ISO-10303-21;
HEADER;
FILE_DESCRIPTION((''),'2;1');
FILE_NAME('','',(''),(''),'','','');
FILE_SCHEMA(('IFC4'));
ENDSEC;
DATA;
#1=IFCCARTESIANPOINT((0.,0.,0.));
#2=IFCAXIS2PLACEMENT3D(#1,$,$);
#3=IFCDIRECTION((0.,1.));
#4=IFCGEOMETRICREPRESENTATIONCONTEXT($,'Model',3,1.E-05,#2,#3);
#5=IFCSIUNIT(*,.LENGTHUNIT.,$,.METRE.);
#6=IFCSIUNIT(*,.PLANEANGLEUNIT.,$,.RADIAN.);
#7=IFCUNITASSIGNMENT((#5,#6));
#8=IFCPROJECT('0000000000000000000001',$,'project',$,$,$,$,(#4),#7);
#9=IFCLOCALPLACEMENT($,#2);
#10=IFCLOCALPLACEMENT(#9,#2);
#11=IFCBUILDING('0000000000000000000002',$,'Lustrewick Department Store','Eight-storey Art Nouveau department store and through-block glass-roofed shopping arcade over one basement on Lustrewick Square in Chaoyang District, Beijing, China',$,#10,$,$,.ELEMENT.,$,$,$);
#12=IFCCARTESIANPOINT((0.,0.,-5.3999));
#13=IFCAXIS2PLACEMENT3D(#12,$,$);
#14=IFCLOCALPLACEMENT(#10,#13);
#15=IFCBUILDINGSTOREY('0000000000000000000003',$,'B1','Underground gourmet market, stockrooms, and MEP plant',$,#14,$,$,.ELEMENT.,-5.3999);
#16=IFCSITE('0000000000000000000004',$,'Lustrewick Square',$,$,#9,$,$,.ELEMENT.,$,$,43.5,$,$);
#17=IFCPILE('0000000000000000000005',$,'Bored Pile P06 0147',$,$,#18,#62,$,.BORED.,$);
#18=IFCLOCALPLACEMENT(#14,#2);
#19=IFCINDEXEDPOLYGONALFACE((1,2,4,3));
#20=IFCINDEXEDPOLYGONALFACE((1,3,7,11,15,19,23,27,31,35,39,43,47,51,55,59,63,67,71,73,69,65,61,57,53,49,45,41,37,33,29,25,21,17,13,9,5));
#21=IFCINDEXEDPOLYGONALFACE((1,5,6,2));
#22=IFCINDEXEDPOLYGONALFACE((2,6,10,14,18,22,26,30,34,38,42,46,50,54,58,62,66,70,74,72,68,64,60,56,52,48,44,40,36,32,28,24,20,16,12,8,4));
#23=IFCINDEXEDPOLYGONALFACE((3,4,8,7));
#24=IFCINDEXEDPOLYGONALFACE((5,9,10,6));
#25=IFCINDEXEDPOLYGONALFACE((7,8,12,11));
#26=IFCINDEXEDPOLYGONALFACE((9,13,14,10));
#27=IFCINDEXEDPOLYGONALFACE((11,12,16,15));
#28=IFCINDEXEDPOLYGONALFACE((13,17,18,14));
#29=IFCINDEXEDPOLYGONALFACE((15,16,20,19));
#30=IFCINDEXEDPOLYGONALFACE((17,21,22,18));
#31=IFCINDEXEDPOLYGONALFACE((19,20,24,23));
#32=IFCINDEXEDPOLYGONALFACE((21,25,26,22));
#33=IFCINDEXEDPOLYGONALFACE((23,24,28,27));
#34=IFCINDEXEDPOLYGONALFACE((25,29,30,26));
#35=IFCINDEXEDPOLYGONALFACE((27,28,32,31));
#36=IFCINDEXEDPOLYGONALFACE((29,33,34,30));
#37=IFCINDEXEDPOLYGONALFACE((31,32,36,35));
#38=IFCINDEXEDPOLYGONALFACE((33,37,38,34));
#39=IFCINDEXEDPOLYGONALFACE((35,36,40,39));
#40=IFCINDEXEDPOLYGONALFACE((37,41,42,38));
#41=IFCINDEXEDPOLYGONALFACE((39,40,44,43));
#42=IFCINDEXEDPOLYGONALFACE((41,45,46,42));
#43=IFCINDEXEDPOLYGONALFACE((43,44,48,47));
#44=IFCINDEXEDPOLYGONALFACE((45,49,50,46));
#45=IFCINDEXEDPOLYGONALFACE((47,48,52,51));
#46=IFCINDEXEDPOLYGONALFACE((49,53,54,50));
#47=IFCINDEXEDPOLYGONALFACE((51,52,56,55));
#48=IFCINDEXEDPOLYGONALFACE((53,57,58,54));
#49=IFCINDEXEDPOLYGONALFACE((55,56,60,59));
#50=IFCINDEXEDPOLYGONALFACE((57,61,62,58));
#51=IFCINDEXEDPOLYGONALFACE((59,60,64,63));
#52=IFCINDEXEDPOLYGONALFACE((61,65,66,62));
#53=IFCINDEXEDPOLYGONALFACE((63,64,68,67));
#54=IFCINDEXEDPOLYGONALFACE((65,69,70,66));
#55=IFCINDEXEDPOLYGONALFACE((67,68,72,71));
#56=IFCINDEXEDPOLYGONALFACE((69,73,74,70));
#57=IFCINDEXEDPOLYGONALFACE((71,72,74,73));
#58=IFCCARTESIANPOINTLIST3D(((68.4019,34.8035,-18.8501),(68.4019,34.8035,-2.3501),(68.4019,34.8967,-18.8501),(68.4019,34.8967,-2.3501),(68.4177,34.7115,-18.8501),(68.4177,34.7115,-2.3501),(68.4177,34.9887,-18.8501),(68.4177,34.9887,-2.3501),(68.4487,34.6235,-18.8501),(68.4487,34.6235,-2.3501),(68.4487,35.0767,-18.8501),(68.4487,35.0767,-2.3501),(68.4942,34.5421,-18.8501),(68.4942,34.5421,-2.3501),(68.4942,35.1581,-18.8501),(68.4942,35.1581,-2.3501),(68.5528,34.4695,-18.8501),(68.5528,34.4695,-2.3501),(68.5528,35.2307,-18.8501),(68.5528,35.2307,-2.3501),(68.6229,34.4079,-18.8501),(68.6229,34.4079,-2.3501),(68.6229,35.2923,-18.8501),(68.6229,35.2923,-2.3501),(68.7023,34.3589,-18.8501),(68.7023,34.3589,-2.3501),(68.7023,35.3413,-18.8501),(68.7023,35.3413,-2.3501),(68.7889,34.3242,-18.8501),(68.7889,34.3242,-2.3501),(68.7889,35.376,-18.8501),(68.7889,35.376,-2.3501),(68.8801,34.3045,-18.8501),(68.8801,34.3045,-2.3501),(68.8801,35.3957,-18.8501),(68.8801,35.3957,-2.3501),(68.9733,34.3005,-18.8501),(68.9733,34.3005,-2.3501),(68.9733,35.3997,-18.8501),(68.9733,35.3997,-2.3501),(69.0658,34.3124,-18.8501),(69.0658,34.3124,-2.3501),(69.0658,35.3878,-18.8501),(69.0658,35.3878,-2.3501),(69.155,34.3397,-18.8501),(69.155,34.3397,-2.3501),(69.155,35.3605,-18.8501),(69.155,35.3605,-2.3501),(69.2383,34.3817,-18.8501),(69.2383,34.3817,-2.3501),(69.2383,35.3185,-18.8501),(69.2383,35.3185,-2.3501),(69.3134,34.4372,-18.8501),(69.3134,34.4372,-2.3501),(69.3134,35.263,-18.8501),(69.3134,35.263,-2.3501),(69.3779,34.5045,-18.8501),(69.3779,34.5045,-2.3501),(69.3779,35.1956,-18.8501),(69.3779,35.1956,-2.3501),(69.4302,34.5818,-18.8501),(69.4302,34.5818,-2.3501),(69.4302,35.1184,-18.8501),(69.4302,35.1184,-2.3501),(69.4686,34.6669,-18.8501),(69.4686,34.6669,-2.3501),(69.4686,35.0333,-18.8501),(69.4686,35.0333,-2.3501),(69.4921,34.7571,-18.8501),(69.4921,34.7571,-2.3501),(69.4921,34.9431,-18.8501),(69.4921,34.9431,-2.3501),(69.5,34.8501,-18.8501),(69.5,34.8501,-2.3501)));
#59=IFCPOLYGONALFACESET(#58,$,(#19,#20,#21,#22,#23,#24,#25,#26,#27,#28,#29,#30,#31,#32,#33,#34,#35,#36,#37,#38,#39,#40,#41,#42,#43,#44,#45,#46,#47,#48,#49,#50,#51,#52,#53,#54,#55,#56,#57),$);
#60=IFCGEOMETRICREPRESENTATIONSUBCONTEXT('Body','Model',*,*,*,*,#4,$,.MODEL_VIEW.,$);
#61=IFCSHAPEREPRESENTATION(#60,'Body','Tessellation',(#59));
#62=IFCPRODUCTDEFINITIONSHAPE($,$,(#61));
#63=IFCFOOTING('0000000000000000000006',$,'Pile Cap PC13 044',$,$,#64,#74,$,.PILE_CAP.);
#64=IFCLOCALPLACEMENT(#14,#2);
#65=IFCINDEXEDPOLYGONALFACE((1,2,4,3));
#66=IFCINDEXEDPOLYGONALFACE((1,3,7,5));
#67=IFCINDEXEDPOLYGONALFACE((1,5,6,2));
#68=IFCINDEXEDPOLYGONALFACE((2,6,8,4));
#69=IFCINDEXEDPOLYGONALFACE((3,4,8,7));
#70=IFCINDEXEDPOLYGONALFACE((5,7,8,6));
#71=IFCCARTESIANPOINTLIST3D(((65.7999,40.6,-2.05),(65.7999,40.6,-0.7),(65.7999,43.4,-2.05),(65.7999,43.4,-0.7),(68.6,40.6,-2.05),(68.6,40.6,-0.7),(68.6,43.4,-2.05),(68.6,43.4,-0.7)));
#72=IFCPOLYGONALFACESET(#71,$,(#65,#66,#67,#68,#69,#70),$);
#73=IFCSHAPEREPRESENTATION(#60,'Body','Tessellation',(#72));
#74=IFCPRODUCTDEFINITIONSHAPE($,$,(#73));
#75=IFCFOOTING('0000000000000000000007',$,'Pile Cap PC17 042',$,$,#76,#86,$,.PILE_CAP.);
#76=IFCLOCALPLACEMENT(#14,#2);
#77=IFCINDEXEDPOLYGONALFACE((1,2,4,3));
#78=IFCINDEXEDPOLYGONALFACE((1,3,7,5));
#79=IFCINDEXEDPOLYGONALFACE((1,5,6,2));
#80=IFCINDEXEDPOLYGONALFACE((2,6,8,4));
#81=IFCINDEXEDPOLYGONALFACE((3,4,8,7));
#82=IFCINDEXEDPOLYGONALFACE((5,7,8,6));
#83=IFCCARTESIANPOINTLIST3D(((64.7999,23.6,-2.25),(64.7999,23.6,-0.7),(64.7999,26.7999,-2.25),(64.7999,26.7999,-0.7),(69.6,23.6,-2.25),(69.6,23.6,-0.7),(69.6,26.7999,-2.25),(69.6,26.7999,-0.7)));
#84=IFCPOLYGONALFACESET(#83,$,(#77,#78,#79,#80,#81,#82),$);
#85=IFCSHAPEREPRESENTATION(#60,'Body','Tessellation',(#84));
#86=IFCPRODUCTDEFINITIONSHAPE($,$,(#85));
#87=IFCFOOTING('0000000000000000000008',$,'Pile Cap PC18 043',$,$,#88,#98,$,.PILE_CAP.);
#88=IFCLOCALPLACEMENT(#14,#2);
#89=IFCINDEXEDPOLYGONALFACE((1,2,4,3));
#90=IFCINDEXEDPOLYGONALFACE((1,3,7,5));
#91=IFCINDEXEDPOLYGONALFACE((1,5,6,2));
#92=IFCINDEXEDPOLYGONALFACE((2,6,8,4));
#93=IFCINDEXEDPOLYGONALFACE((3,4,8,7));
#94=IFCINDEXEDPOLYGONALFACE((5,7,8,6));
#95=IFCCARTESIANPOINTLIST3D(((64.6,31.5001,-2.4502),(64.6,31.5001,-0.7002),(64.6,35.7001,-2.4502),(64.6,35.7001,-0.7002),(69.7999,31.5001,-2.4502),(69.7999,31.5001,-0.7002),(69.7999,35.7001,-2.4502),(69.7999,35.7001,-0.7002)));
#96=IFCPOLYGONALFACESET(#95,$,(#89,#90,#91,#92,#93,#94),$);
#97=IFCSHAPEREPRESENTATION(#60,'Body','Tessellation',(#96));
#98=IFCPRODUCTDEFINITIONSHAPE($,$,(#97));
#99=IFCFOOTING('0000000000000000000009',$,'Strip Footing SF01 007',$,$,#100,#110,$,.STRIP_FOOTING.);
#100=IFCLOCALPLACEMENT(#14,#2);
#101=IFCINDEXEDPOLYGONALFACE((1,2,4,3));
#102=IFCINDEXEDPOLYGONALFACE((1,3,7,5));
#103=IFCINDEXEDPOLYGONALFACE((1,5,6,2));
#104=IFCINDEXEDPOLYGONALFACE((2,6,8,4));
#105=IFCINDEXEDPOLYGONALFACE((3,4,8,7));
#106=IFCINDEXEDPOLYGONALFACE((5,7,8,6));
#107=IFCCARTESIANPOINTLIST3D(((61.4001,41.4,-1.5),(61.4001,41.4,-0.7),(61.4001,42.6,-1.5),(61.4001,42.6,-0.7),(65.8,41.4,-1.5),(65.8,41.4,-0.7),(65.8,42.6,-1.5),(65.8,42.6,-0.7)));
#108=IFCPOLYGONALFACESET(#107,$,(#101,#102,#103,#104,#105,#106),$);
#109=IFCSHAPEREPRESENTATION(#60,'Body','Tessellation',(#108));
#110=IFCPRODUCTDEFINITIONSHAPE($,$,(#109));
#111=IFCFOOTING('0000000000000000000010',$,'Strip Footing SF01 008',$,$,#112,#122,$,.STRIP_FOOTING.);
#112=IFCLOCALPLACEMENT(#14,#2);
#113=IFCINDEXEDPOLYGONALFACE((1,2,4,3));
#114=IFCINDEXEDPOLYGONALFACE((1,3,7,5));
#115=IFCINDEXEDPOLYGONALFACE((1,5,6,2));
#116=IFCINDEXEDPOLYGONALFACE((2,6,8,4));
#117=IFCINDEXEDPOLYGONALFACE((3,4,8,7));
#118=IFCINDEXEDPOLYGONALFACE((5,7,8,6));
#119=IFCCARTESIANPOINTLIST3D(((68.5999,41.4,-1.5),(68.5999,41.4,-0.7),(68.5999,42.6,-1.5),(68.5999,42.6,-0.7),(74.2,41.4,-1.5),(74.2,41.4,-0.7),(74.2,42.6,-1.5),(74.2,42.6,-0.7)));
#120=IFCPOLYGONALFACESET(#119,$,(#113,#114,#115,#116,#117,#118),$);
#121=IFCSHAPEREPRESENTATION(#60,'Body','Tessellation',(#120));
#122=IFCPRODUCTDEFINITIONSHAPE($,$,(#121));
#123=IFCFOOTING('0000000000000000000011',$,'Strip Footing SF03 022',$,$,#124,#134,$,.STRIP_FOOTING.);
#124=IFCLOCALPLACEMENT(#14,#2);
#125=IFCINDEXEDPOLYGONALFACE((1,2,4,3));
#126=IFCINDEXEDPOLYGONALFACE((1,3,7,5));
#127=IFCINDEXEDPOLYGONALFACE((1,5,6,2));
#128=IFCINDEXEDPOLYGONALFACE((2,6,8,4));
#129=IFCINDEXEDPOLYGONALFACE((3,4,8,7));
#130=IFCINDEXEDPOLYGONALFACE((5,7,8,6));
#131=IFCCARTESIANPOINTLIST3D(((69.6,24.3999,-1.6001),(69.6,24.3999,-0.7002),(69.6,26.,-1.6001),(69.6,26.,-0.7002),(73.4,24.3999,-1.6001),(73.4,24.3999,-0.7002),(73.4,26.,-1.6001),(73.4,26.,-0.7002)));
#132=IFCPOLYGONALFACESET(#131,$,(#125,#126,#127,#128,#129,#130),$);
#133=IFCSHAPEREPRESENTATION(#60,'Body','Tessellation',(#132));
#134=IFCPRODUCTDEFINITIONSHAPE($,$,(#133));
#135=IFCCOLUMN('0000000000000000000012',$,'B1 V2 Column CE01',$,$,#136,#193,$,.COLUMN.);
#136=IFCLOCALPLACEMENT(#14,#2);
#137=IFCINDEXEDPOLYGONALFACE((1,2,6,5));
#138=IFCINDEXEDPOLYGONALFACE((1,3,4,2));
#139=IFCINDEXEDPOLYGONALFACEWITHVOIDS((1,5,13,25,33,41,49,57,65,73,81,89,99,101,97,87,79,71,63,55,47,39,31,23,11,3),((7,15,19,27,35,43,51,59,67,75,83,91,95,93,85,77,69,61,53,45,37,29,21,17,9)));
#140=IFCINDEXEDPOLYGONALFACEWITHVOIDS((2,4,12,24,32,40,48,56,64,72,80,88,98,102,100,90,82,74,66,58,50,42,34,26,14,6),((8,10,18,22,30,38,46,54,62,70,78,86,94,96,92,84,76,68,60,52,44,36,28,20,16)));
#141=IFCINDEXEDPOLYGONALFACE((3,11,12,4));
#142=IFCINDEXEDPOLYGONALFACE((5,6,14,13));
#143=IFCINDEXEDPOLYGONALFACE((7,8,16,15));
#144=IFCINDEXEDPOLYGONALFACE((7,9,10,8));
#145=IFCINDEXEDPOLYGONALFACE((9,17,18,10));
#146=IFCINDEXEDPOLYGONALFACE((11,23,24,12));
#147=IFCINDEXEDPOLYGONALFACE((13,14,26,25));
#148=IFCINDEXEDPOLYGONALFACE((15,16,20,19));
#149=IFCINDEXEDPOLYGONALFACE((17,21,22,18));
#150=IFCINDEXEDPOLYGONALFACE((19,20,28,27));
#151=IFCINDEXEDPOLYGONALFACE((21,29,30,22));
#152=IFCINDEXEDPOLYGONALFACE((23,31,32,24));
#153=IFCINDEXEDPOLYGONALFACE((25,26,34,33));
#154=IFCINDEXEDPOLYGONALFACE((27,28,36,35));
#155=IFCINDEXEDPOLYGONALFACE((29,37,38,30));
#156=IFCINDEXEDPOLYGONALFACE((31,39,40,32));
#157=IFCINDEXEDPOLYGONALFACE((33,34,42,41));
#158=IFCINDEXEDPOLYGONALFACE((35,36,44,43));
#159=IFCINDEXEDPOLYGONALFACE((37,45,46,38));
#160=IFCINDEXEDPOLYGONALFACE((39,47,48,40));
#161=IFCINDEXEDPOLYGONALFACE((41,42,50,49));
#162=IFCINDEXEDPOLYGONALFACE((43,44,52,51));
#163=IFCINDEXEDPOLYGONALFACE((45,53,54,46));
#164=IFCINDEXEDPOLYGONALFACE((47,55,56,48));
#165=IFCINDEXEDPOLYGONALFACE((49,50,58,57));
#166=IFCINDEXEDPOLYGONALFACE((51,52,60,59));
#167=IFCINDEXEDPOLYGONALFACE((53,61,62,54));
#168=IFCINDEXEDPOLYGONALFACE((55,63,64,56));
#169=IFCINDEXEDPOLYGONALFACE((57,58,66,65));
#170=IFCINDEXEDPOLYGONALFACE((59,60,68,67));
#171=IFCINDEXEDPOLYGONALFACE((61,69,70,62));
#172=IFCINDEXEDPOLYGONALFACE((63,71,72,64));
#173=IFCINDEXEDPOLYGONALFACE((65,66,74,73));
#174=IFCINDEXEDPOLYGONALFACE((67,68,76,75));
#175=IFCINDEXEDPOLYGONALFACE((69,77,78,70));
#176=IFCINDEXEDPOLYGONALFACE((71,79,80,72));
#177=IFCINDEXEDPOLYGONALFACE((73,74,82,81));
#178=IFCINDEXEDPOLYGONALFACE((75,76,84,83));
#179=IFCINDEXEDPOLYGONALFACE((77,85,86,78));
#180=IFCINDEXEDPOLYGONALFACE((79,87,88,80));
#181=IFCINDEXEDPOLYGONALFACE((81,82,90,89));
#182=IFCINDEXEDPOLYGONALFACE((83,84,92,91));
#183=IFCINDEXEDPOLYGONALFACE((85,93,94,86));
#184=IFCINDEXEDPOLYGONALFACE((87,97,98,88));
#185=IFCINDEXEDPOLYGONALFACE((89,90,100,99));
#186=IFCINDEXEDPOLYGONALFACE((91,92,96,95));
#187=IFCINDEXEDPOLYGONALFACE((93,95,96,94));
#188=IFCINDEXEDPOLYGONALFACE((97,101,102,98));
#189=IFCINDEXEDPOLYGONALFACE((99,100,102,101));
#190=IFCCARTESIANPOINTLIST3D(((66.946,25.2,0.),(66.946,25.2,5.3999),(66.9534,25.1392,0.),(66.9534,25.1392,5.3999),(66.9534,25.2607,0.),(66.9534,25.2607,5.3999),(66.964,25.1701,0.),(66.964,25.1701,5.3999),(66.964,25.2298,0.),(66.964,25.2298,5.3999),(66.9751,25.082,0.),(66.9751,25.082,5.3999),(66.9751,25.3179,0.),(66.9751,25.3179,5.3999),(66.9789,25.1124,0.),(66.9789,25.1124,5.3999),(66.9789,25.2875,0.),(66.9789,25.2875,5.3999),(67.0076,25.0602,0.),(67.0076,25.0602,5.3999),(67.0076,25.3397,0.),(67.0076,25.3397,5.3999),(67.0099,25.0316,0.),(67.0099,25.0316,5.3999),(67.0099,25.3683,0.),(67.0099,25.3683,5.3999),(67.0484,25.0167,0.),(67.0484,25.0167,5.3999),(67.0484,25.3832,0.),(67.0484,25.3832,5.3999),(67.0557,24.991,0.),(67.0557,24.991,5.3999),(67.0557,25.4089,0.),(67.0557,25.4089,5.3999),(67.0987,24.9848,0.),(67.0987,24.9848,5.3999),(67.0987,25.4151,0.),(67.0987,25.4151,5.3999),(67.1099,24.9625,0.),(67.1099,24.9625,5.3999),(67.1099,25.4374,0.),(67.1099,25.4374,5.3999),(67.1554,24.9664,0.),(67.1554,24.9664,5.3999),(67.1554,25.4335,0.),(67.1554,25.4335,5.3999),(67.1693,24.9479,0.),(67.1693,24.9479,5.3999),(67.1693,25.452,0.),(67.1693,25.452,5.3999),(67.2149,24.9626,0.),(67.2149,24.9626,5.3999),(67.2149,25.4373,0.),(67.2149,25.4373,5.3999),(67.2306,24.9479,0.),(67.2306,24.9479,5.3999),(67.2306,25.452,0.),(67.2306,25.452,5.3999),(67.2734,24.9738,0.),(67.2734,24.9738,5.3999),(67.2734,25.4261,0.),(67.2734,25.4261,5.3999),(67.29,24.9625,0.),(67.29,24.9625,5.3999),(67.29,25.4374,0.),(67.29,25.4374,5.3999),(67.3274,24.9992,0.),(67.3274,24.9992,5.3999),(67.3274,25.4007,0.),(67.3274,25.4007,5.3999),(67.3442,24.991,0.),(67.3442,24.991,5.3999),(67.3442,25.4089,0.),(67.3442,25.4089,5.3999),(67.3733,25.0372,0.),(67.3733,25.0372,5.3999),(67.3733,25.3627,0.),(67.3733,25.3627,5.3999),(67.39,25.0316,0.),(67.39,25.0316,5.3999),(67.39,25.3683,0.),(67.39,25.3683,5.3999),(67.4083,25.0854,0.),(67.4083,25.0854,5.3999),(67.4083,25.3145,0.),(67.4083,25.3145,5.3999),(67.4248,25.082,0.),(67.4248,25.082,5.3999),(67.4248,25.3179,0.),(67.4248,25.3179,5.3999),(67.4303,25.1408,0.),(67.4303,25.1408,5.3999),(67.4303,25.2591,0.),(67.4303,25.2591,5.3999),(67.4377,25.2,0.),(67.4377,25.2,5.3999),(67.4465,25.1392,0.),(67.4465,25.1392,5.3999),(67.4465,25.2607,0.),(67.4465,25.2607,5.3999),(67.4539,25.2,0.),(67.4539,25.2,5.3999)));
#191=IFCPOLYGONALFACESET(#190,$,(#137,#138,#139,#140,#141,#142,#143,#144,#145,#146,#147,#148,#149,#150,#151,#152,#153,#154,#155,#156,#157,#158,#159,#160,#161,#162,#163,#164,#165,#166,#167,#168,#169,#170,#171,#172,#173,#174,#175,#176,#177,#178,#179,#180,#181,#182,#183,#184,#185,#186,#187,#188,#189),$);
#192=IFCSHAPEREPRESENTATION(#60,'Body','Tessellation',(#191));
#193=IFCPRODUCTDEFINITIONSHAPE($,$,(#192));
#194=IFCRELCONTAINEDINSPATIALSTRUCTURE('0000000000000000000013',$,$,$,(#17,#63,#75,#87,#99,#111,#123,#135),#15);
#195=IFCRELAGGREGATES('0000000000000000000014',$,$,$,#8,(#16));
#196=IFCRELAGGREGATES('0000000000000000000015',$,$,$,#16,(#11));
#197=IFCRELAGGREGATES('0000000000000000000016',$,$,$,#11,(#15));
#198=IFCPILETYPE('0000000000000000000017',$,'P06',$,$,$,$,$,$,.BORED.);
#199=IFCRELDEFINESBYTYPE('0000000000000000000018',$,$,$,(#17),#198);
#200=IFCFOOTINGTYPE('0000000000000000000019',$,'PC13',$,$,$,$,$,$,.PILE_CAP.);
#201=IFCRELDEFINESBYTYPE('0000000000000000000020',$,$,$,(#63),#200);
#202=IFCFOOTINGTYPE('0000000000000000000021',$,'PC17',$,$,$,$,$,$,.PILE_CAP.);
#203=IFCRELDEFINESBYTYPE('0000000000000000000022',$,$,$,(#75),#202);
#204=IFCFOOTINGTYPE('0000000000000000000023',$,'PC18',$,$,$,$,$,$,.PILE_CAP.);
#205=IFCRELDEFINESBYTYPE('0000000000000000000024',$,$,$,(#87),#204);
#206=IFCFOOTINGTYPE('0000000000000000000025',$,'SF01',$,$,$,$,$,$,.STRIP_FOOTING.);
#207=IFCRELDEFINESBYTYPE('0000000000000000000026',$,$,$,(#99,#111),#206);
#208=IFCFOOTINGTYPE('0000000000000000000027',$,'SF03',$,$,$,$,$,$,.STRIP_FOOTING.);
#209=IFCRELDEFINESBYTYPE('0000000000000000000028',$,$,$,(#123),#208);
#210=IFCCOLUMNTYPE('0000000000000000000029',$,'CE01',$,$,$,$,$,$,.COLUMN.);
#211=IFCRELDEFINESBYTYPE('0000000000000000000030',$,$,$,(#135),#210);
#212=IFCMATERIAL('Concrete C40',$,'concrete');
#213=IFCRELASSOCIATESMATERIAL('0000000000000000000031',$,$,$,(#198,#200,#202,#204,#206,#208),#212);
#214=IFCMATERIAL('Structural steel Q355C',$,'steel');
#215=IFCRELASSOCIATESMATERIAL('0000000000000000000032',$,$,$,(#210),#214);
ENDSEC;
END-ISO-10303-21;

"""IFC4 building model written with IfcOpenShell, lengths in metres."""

from ifc_helpers import new_model, si_unit, direction, frame, origin, origin_2d, place, context, subcontext, project, spatial, rectangle, circle, hollow_circle, extrude, material, material_profile, profile_set, type_object, element, save


model = new_model("IFC4")

# Units and contexts
model_context = context("Model", 3, precision=1e-05, world=origin(), true_north=direction((0.0, 1.0)))
body_context = subcontext(model_context, "Body", "Model", "MODEL_VIEW")
ifc_project = project(units=[si_unit("LENGTHUNIT", "METRE"), si_unit("PLANEANGLEUNIT", "RADIAN")], contexts=[model_context])

# Site, building, storey
site_placement = place(None, origin())
site = spatial("IfcSite", under=ifc_project, at=site_placement, Name="Lustrewick Square", CompositionType="ELEMENT", RefElevation=43.5)
building_placement = place(site_placement, origin())
building = spatial("IfcBuilding", under=site, at=building_placement, Name="Lustrewick Department Store", Description="Eight-storey Art Nouveau department store and through-block glass-roofed shopping arcade over one basement on Lustrewick Square in Chaoyang District, Beijing, China", CompositionType="ELEMENT")
storey_placement = place(building_placement, frame((0.0, 0.0, -5.3999)))
storey = spatial("IfcBuildingStorey", under=building, at=storey_placement, Name="B1", Description="Underground gourmet market, stockrooms, and MEP plant", CompositionType="ELEMENT", Elevation=-5.3999)

# Pile
ifc_material_1 = material(Name="Concrete C40", Category="concrete")
ifc_material_profile_1 = material_profile(ifc_material_1, circle(Radius=0.55, at=origin_2d()), Name="PILE D1100")
ifc_profile_set_1 = profile_set([ifc_material_profile_1], Name="Concrete C40")
pile_type_1 = type_object("IfcPileType", Name="P06", PredefinedType="BORED", material=ifc_profile_set_1)
for number, where, z_axis, x_axis, name in (
    (1, (68.95, 34.8501, -2.3501), (0.0, 0.0, -1.0), (1.0, 0.0, 0.0), "Bored Pile P06 0147"),
):
    element("IfcPile", number, at=place(storey_placement, frame(where, z_axis=z_axis, x_axis=x_axis)), inside=storey, type_object=pile_type_1, Name=name, PredefinedType="BORED", context=body_context, shape_type="SweptSolid", body=[
        extrude(circle(Radius=0.55, at=origin_2d()), origin(), (0.0, 0.0, 1.0), 16.5),
    ])

# Footings
footing_type_1 = type_object("IfcFootingType", Name="PC13", PredefinedType="PILE_CAP", material=ifc_material_1)
footing_1_placement = place(storey_placement, frame((67.2, 42.0, -2.05), z_axis=(0.0, 0.0, 1.0), x_axis=(1.0, 0.0, 0.0)))
element("IfcFooting", 2, at=footing_1_placement, inside=storey, type_object=footing_type_1, Name="Pile Cap PC13 044", PredefinedType="PILE_CAP", context=body_context, shape_type="SweptSolid", body=[
    extrude(rectangle(XDim=2.8, YDim=2.8, at=origin_2d()), origin(), (0.0, 0.0, 1.0), 1.3501),
])
footing_type_2 = type_object("IfcFootingType", Name="PC17", PredefinedType="PILE_CAP", material=ifc_material_1)
footing_2_placement = place(storey_placement, frame((67.2, 25.2, -2.25), z_axis=(0.0, 0.0, 1.0), x_axis=(1.0, 0.0, 0.0)))
element("IfcFooting", 3, at=footing_2_placement, inside=storey, type_object=footing_type_2, Name="Pile Cap PC17 042", PredefinedType="PILE_CAP", context=body_context, shape_type="SweptSolid", body=[
    extrude(rectangle(XDim=4.8, YDim=3.2, at=origin_2d()), origin(), (0.0, 0.0, 1.0), 1.55),
])
footing_type_3 = type_object("IfcFootingType", Name="PC18", PredefinedType="PILE_CAP", material=ifc_material_1)
footing_3_placement = place(storey_placement, frame((67.2, 33.6001, -2.4502), z_axis=(0.0, 0.0, 1.0), x_axis=(1.0, 0.0, 0.0)))
element("IfcFooting", 4, at=footing_3_placement, inside=storey, type_object=footing_type_3, Name="Pile Cap PC18 043", PredefinedType="PILE_CAP", context=body_context, shape_type="SweptSolid", body=[
    extrude(rectangle(XDim=5.2, YDim=4.2, at=origin_2d()), origin(), (0.0, 0.0, 1.0), 1.75),
])
footing_type_4 = type_object("IfcFootingType", Name="SF01", PredefinedType="STRIP_FOOTING", material=ifc_material_1)
footing_4_placement = place(storey_placement, frame((63.6001, 42.0, -1.5), z_axis=(0.0, 0.0, 1.0), x_axis=(1.0, 0.0, 0.0)))
element("IfcFooting", 5, at=footing_4_placement, inside=storey, type_object=footing_type_4, Name="Strip Footing SF01 007", PredefinedType="STRIP_FOOTING", context=body_context, shape_type="SweptSolid", body=[
    extrude(rectangle(XDim=4.3999, YDim=1.2, at=origin_2d()), origin(), (0.0, 0.0, 1.0), 0.8),
])
footing_5_placement = place(storey_placement, frame((71.3999, 42.0, -1.5), z_axis=(0.0, 0.0, 1.0), x_axis=(1.0, 0.0, 0.0)))
element("IfcFooting", 6, at=footing_5_placement, inside=storey, type_object=footing_type_4, Name="Strip Footing SF01 008", PredefinedType="STRIP_FOOTING", context=body_context, shape_type="SweptSolid", body=[
    extrude(rectangle(XDim=5.6001, YDim=1.2, at=origin_2d()), origin(), (0.0, 0.0, 1.0), 0.8),
])
footing_type_5 = type_object("IfcFootingType", Name="SF03", PredefinedType="STRIP_FOOTING", material=ifc_material_1)
footing_6_placement = place(storey_placement, frame((71.5, 25.2, -1.6001), z_axis=(0.0, 0.0, 1.0), x_axis=(1.0, 0.0, 0.0)))
element("IfcFooting", 7, at=footing_6_placement, inside=storey, type_object=footing_type_5, Name="Strip Footing SF03 022", PredefinedType="STRIP_FOOTING", context=body_context, shape_type="SweptSolid", body=[
    extrude(rectangle(XDim=3.8, YDim=1.6001, at=origin_2d()), origin(), (0.0, 0.0, 1.0), 0.8999),
])

# Column
ifc_material_2 = material(Name="Structural steel Q355C", Category="steel")
ifc_material_profile_2 = material_profile(ifc_material_2, hollow_circle(Radius=0.2539, WallThickness=0.0161, at=origin_2d()), Name="CHS 508x16")
ifc_profile_set_2 = profile_set([ifc_material_profile_2], Name="Structural steel Q355C")
column_type_1 = type_object("IfcColumnType", Name="CE01", PredefinedType="COLUMN", material=ifc_profile_set_2)
column_1_placement = place(storey_placement, frame((67.2, 25.2, 0.0), z_axis=(0.0, 0.0, 1.0), x_axis=(1.0, 0.0, 0.0)))
element("IfcColumn", 8, at=column_1_placement, inside=storey, type_object=column_type_1, Name="B1 V2 Column CE01", PredefinedType="COLUMN", context=body_context, shape_type="SweptSolid", body=[
    extrude(hollow_circle(Radius=0.2539, WallThickness=0.0161, at=origin_2d()), origin(), (0.0, 0.0, 1.0), 5.3999),
])

save(model, "model.ifc")
